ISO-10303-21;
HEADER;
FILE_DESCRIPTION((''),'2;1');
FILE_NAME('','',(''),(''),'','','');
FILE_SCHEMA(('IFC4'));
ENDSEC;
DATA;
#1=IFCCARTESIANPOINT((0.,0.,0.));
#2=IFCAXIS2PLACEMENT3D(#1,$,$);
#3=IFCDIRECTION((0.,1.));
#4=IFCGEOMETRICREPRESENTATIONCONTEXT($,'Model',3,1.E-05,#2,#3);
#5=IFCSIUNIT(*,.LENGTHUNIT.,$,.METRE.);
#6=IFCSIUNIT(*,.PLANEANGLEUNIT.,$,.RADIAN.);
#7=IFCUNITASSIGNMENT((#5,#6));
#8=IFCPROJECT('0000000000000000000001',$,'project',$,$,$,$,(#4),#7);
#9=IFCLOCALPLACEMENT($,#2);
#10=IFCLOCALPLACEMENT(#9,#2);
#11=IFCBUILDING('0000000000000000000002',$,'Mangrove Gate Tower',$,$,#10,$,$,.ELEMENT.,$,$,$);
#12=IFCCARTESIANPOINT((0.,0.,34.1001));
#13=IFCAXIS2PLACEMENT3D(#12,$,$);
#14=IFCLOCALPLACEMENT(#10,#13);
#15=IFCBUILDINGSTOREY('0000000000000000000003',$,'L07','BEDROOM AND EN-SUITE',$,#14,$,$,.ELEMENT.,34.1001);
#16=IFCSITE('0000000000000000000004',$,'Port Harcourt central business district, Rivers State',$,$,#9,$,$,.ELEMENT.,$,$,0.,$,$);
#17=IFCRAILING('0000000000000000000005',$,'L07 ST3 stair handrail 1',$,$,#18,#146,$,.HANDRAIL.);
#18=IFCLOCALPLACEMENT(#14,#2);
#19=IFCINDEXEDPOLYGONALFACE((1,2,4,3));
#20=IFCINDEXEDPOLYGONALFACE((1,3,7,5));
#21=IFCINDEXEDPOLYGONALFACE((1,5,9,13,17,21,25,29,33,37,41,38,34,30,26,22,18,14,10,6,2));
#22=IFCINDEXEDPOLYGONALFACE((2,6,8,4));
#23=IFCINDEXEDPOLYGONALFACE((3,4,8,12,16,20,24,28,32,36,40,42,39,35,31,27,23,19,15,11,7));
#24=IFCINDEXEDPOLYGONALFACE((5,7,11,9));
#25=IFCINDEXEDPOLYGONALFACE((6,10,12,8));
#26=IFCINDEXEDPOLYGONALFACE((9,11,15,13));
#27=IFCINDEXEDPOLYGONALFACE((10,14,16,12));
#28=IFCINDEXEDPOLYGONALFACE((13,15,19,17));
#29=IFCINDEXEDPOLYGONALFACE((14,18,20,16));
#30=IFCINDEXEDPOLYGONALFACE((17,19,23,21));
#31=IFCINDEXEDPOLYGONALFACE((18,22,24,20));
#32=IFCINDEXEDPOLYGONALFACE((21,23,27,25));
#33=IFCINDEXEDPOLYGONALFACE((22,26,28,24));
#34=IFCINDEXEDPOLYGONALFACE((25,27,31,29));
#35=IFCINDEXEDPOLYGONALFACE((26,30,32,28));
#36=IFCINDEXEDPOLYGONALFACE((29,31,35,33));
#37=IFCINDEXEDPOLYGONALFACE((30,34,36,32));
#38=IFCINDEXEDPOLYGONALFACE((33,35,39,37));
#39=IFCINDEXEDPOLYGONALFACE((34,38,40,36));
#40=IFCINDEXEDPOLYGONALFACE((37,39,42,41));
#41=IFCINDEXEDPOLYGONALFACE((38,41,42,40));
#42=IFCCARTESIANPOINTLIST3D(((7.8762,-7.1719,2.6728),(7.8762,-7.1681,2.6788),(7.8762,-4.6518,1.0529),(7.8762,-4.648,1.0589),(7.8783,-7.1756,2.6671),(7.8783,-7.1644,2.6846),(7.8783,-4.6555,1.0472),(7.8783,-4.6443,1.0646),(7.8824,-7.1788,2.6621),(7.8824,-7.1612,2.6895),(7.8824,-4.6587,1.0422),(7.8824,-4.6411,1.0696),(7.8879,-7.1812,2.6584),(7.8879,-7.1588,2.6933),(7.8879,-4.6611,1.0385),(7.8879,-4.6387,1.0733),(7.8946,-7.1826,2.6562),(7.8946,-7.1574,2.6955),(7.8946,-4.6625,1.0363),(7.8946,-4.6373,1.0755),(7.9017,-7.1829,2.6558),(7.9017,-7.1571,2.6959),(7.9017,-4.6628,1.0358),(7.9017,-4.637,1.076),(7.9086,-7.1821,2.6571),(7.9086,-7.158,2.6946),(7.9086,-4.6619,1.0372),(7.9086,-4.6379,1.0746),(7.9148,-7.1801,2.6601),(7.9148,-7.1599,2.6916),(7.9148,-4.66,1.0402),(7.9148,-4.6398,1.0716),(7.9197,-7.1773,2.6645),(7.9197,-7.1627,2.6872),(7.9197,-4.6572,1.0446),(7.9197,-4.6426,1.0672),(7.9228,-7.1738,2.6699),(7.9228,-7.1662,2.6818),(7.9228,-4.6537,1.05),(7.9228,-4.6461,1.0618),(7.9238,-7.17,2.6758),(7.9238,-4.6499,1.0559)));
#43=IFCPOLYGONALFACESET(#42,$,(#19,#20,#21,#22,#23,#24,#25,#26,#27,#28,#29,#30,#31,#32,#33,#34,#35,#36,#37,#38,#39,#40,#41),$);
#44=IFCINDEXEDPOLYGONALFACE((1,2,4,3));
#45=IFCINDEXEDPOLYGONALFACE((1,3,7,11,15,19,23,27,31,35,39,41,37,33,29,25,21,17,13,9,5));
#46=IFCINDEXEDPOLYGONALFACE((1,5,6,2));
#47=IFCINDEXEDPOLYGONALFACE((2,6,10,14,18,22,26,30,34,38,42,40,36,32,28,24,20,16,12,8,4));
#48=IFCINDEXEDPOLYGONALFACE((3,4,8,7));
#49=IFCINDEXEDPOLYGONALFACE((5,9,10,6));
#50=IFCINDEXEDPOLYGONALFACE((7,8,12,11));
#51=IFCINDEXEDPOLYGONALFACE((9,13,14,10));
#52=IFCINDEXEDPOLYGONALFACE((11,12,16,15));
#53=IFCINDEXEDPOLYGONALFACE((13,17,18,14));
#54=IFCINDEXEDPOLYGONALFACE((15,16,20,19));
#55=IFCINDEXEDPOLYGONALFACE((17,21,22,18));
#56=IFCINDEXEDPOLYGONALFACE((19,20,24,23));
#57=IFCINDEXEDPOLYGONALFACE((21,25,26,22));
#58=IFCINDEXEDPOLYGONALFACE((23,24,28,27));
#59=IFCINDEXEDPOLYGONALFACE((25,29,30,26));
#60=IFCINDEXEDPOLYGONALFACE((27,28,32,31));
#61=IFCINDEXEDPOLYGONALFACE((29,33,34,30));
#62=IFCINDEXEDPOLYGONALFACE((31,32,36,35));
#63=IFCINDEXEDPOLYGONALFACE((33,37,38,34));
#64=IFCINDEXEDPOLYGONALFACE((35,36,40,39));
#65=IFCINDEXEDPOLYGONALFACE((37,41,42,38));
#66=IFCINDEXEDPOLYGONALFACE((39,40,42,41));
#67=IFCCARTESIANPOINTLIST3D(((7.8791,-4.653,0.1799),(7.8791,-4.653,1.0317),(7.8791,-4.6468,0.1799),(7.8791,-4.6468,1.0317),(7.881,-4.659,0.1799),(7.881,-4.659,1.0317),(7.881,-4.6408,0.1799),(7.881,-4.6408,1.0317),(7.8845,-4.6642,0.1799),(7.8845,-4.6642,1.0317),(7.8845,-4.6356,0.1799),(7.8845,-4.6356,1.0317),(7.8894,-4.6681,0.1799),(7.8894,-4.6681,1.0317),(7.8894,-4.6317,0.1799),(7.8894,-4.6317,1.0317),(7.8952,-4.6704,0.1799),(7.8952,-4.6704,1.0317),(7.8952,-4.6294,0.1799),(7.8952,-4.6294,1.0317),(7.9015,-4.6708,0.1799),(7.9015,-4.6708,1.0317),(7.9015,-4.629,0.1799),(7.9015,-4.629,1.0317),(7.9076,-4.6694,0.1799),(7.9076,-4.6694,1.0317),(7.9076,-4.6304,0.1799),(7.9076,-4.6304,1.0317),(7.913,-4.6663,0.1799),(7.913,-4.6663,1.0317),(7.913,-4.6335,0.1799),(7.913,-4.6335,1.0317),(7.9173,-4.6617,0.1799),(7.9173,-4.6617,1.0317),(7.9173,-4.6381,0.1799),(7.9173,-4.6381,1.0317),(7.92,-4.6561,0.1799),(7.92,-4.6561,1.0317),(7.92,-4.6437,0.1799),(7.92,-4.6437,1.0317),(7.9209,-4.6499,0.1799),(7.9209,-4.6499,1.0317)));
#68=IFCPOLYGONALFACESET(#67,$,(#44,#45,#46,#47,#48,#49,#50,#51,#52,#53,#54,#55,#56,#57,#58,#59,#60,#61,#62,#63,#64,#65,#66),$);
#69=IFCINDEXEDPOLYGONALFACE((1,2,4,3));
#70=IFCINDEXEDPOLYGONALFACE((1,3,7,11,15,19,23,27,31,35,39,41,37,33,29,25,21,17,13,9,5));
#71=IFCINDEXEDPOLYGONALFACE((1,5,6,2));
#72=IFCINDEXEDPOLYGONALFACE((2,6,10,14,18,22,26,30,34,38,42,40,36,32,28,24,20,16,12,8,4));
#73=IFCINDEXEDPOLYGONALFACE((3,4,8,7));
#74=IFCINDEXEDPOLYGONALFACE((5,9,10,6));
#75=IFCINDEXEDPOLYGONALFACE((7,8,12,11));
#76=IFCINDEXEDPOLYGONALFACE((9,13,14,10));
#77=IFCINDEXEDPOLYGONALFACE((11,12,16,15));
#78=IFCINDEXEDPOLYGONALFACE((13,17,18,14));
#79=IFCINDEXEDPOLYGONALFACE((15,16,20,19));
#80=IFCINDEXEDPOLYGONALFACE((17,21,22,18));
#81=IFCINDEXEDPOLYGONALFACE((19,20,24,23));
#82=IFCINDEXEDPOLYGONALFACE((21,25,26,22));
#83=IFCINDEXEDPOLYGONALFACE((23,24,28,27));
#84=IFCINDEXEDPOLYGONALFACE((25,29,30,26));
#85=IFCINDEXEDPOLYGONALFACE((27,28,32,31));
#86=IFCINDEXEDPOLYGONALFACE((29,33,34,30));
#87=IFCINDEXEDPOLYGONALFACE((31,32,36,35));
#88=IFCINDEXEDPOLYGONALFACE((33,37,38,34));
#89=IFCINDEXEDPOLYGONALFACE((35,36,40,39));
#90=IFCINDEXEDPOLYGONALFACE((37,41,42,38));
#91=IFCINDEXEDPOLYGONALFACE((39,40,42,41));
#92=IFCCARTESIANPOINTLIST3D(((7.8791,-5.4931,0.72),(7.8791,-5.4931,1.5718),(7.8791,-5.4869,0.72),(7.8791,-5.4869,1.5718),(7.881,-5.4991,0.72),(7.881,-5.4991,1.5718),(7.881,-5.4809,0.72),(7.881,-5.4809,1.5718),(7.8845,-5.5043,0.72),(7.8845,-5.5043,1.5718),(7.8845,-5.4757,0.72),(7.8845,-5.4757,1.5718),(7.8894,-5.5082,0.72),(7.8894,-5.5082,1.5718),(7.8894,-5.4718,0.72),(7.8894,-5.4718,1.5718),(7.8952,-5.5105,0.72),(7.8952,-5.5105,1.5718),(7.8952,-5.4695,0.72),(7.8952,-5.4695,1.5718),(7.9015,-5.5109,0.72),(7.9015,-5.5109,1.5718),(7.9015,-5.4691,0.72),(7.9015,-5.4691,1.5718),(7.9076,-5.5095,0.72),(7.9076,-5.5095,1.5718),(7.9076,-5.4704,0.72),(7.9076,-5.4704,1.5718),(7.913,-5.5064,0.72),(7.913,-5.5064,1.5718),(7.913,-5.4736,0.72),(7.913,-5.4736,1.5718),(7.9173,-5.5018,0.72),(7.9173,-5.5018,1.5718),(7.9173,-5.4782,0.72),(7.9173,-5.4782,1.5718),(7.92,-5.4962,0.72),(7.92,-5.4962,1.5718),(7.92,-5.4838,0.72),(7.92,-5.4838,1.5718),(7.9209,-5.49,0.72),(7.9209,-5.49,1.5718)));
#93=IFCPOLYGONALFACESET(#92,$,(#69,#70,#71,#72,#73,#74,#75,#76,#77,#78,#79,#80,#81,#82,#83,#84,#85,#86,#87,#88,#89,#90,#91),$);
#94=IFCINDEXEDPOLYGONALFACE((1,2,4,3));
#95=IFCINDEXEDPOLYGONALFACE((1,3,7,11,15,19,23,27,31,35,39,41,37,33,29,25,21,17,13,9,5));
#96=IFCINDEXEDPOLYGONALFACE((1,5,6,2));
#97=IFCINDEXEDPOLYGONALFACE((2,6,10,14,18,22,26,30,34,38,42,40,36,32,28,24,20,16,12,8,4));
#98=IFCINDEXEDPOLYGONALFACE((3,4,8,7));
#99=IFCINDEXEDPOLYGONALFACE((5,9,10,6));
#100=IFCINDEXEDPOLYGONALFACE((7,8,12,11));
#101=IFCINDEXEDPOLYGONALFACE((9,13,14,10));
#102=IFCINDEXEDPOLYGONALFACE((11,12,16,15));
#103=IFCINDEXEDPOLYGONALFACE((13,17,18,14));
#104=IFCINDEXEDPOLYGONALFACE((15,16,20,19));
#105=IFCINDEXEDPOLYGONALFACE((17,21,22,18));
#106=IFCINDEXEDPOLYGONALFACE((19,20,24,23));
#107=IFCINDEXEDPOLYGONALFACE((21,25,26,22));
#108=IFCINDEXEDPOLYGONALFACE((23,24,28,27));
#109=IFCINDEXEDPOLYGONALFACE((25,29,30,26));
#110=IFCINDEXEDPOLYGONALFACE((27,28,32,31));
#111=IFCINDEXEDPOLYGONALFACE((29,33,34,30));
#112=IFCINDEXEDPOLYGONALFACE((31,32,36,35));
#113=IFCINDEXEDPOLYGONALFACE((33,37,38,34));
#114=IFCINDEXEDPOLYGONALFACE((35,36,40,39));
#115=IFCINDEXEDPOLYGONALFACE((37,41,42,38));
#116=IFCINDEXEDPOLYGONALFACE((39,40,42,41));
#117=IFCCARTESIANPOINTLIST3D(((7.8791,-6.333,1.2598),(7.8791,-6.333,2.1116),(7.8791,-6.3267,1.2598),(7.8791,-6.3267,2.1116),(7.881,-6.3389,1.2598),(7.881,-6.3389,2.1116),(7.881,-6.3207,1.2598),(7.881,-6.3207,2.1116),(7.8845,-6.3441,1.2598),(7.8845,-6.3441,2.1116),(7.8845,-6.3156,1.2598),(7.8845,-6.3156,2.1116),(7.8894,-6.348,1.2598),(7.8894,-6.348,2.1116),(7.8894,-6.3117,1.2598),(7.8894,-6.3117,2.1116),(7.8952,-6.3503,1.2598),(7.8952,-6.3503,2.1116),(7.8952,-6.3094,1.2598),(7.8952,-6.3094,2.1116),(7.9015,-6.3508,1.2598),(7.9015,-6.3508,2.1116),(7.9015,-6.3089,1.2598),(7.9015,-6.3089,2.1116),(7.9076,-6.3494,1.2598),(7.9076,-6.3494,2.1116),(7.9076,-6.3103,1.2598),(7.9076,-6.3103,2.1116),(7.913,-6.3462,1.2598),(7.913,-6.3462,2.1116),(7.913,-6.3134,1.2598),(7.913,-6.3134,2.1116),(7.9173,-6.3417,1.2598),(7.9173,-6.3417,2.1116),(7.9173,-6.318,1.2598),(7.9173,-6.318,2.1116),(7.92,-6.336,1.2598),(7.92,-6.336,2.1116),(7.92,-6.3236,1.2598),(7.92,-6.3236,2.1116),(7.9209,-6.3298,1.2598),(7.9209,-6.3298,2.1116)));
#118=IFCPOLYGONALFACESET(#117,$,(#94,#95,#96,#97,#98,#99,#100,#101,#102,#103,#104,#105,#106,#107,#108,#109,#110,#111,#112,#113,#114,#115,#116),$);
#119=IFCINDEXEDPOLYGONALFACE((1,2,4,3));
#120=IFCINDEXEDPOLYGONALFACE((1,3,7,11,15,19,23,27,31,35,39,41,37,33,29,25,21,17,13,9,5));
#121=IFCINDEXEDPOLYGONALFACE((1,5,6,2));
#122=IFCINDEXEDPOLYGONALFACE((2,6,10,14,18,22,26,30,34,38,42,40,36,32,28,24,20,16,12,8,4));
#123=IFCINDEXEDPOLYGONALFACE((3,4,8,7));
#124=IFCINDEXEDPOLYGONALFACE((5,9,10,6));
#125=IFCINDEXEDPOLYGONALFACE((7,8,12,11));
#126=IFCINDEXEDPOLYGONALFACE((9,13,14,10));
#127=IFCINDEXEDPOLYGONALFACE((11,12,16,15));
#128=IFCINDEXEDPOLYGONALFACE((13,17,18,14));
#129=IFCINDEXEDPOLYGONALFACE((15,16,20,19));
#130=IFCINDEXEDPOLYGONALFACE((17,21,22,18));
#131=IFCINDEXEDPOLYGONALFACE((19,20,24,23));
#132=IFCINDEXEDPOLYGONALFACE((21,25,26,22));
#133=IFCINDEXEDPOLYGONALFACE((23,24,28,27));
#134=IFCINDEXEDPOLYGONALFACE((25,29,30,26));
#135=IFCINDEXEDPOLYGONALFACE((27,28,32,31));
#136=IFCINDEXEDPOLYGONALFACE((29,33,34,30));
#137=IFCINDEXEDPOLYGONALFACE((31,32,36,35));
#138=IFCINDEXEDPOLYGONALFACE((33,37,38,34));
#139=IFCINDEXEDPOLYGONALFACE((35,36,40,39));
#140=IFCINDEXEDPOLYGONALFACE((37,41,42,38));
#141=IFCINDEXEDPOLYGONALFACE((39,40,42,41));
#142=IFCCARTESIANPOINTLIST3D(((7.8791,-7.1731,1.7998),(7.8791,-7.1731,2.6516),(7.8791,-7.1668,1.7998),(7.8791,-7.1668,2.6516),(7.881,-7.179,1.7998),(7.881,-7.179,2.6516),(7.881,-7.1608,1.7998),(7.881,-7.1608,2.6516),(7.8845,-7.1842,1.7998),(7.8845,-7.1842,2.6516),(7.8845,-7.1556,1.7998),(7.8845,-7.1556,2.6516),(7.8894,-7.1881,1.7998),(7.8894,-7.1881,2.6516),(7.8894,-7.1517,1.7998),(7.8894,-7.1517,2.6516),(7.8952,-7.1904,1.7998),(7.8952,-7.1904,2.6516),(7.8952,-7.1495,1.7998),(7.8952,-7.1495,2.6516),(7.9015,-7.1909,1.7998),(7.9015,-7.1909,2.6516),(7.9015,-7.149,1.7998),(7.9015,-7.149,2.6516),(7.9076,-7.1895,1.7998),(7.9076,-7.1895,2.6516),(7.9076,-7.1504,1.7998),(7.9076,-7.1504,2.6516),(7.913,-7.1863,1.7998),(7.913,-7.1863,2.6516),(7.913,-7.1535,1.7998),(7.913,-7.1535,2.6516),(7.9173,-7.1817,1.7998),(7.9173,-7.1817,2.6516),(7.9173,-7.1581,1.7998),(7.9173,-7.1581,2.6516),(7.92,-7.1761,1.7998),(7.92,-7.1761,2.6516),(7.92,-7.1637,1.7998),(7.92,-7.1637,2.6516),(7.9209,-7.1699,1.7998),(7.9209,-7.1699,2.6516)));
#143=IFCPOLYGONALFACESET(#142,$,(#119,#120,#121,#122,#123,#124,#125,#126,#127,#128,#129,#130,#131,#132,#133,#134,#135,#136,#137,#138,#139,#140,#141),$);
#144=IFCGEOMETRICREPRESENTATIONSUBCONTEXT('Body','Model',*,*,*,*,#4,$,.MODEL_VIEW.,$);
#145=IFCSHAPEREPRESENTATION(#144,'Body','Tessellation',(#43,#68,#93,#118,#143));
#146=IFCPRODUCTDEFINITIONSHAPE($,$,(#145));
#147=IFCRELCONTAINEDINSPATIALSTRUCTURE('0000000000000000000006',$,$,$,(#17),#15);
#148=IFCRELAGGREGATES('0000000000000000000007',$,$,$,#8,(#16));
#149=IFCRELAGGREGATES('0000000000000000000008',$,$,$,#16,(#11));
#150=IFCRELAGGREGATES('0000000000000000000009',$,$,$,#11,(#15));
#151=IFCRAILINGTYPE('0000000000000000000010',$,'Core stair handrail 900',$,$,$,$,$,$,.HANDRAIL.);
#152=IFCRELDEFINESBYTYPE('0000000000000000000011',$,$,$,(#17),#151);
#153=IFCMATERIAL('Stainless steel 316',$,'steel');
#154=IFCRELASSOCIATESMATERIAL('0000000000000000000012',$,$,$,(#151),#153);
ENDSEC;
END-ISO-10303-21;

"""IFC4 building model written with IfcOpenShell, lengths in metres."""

from ifc_helpers import new_model, si_unit, direction, frame, origin, origin_2d, place, context, subcontext, project, spatial, circle, extrude, material, type_object, element, save


model = new_model("IFC4")

# Units and contexts
model_context = context("Model", 3, precision=1e-05, world=origin(), true_north=direction((0.0, 1.0)))
body_context = subcontext(model_context, "Body", "Model", "MODEL_VIEW")
ifc_project = project(units=[si_unit("LENGTHUNIT", "METRE"), si_unit("PLANEANGLEUNIT", "RADIAN")], contexts=[model_context])

# Site, building, storey
site_placement = place(None, origin())
site = spatial("IfcSite", under=ifc_project, at=site_placement, Name="Port Harcourt central business district, Rivers State", CompositionType="ELEMENT", RefElevation=0.0)
building_placement = place(site_placement, origin())
building = spatial("IfcBuilding", under=site, at=building_placement, Name="Mangrove Gate Tower", CompositionType="ELEMENT")
storey_placement = place(building_placement, frame((0.0, 0.0, 34.1001)))
storey = spatial("IfcBuildingStorey", under=building, at=storey_placement, Name="L07", Description="BEDROOM AND EN-SUITE", CompositionType="ELEMENT", Elevation=34.1001)

# Railing
ifc_material_1 = material(Name="Stainless steel 316", Category="steel")
railing_type_1 = type_object("IfcRailingType", Name="Core stair handrail 900", PredefinedType="HANDRAIL", material=ifc_material_1)
railing_1_placement = place(storey_placement, frame((7.8999, -4.6499, 0.1799)))
element("IfcRailing", 1, at=railing_1_placement, inside=storey, type_object=railing_type_1, Name="L07 ST3 stair handrail 1", PredefinedType="HANDRAIL", context=body_context, shape_type="SweptSolid", body=[
    extrude(circle(Radius=0.0239, at=origin_2d()), frame((0.0, 0.0, 0.876), z_axis=(0.0, -0.8412, 0.540725), x_axis=(1.0, 0.0, 0.0)), (0.0, 0.0, 1.0), 2.9958),
    extrude(circle(Radius=0.021, at=origin_2d()), origin(), (0.0, 0.0, 1.0), 0.8518),
    extrude(circle(Radius=0.021, at=origin_2d()), frame((0.0, -0.8401, 0.54)), (0.0, 0.0, 1.0), 0.8518),
    extrude(circle(Radius=0.021, at=origin_2d()), frame((0.0, -1.6799, 1.0798)), (0.0, 0.0, 1.0), 0.8518),
    extrude(circle(Radius=0.021, at=origin_2d()), frame((0.0, -2.52, 1.6199)), (0.0, 0.0, 1.0), 0.8518),
])

save(model, "model.ifc")
